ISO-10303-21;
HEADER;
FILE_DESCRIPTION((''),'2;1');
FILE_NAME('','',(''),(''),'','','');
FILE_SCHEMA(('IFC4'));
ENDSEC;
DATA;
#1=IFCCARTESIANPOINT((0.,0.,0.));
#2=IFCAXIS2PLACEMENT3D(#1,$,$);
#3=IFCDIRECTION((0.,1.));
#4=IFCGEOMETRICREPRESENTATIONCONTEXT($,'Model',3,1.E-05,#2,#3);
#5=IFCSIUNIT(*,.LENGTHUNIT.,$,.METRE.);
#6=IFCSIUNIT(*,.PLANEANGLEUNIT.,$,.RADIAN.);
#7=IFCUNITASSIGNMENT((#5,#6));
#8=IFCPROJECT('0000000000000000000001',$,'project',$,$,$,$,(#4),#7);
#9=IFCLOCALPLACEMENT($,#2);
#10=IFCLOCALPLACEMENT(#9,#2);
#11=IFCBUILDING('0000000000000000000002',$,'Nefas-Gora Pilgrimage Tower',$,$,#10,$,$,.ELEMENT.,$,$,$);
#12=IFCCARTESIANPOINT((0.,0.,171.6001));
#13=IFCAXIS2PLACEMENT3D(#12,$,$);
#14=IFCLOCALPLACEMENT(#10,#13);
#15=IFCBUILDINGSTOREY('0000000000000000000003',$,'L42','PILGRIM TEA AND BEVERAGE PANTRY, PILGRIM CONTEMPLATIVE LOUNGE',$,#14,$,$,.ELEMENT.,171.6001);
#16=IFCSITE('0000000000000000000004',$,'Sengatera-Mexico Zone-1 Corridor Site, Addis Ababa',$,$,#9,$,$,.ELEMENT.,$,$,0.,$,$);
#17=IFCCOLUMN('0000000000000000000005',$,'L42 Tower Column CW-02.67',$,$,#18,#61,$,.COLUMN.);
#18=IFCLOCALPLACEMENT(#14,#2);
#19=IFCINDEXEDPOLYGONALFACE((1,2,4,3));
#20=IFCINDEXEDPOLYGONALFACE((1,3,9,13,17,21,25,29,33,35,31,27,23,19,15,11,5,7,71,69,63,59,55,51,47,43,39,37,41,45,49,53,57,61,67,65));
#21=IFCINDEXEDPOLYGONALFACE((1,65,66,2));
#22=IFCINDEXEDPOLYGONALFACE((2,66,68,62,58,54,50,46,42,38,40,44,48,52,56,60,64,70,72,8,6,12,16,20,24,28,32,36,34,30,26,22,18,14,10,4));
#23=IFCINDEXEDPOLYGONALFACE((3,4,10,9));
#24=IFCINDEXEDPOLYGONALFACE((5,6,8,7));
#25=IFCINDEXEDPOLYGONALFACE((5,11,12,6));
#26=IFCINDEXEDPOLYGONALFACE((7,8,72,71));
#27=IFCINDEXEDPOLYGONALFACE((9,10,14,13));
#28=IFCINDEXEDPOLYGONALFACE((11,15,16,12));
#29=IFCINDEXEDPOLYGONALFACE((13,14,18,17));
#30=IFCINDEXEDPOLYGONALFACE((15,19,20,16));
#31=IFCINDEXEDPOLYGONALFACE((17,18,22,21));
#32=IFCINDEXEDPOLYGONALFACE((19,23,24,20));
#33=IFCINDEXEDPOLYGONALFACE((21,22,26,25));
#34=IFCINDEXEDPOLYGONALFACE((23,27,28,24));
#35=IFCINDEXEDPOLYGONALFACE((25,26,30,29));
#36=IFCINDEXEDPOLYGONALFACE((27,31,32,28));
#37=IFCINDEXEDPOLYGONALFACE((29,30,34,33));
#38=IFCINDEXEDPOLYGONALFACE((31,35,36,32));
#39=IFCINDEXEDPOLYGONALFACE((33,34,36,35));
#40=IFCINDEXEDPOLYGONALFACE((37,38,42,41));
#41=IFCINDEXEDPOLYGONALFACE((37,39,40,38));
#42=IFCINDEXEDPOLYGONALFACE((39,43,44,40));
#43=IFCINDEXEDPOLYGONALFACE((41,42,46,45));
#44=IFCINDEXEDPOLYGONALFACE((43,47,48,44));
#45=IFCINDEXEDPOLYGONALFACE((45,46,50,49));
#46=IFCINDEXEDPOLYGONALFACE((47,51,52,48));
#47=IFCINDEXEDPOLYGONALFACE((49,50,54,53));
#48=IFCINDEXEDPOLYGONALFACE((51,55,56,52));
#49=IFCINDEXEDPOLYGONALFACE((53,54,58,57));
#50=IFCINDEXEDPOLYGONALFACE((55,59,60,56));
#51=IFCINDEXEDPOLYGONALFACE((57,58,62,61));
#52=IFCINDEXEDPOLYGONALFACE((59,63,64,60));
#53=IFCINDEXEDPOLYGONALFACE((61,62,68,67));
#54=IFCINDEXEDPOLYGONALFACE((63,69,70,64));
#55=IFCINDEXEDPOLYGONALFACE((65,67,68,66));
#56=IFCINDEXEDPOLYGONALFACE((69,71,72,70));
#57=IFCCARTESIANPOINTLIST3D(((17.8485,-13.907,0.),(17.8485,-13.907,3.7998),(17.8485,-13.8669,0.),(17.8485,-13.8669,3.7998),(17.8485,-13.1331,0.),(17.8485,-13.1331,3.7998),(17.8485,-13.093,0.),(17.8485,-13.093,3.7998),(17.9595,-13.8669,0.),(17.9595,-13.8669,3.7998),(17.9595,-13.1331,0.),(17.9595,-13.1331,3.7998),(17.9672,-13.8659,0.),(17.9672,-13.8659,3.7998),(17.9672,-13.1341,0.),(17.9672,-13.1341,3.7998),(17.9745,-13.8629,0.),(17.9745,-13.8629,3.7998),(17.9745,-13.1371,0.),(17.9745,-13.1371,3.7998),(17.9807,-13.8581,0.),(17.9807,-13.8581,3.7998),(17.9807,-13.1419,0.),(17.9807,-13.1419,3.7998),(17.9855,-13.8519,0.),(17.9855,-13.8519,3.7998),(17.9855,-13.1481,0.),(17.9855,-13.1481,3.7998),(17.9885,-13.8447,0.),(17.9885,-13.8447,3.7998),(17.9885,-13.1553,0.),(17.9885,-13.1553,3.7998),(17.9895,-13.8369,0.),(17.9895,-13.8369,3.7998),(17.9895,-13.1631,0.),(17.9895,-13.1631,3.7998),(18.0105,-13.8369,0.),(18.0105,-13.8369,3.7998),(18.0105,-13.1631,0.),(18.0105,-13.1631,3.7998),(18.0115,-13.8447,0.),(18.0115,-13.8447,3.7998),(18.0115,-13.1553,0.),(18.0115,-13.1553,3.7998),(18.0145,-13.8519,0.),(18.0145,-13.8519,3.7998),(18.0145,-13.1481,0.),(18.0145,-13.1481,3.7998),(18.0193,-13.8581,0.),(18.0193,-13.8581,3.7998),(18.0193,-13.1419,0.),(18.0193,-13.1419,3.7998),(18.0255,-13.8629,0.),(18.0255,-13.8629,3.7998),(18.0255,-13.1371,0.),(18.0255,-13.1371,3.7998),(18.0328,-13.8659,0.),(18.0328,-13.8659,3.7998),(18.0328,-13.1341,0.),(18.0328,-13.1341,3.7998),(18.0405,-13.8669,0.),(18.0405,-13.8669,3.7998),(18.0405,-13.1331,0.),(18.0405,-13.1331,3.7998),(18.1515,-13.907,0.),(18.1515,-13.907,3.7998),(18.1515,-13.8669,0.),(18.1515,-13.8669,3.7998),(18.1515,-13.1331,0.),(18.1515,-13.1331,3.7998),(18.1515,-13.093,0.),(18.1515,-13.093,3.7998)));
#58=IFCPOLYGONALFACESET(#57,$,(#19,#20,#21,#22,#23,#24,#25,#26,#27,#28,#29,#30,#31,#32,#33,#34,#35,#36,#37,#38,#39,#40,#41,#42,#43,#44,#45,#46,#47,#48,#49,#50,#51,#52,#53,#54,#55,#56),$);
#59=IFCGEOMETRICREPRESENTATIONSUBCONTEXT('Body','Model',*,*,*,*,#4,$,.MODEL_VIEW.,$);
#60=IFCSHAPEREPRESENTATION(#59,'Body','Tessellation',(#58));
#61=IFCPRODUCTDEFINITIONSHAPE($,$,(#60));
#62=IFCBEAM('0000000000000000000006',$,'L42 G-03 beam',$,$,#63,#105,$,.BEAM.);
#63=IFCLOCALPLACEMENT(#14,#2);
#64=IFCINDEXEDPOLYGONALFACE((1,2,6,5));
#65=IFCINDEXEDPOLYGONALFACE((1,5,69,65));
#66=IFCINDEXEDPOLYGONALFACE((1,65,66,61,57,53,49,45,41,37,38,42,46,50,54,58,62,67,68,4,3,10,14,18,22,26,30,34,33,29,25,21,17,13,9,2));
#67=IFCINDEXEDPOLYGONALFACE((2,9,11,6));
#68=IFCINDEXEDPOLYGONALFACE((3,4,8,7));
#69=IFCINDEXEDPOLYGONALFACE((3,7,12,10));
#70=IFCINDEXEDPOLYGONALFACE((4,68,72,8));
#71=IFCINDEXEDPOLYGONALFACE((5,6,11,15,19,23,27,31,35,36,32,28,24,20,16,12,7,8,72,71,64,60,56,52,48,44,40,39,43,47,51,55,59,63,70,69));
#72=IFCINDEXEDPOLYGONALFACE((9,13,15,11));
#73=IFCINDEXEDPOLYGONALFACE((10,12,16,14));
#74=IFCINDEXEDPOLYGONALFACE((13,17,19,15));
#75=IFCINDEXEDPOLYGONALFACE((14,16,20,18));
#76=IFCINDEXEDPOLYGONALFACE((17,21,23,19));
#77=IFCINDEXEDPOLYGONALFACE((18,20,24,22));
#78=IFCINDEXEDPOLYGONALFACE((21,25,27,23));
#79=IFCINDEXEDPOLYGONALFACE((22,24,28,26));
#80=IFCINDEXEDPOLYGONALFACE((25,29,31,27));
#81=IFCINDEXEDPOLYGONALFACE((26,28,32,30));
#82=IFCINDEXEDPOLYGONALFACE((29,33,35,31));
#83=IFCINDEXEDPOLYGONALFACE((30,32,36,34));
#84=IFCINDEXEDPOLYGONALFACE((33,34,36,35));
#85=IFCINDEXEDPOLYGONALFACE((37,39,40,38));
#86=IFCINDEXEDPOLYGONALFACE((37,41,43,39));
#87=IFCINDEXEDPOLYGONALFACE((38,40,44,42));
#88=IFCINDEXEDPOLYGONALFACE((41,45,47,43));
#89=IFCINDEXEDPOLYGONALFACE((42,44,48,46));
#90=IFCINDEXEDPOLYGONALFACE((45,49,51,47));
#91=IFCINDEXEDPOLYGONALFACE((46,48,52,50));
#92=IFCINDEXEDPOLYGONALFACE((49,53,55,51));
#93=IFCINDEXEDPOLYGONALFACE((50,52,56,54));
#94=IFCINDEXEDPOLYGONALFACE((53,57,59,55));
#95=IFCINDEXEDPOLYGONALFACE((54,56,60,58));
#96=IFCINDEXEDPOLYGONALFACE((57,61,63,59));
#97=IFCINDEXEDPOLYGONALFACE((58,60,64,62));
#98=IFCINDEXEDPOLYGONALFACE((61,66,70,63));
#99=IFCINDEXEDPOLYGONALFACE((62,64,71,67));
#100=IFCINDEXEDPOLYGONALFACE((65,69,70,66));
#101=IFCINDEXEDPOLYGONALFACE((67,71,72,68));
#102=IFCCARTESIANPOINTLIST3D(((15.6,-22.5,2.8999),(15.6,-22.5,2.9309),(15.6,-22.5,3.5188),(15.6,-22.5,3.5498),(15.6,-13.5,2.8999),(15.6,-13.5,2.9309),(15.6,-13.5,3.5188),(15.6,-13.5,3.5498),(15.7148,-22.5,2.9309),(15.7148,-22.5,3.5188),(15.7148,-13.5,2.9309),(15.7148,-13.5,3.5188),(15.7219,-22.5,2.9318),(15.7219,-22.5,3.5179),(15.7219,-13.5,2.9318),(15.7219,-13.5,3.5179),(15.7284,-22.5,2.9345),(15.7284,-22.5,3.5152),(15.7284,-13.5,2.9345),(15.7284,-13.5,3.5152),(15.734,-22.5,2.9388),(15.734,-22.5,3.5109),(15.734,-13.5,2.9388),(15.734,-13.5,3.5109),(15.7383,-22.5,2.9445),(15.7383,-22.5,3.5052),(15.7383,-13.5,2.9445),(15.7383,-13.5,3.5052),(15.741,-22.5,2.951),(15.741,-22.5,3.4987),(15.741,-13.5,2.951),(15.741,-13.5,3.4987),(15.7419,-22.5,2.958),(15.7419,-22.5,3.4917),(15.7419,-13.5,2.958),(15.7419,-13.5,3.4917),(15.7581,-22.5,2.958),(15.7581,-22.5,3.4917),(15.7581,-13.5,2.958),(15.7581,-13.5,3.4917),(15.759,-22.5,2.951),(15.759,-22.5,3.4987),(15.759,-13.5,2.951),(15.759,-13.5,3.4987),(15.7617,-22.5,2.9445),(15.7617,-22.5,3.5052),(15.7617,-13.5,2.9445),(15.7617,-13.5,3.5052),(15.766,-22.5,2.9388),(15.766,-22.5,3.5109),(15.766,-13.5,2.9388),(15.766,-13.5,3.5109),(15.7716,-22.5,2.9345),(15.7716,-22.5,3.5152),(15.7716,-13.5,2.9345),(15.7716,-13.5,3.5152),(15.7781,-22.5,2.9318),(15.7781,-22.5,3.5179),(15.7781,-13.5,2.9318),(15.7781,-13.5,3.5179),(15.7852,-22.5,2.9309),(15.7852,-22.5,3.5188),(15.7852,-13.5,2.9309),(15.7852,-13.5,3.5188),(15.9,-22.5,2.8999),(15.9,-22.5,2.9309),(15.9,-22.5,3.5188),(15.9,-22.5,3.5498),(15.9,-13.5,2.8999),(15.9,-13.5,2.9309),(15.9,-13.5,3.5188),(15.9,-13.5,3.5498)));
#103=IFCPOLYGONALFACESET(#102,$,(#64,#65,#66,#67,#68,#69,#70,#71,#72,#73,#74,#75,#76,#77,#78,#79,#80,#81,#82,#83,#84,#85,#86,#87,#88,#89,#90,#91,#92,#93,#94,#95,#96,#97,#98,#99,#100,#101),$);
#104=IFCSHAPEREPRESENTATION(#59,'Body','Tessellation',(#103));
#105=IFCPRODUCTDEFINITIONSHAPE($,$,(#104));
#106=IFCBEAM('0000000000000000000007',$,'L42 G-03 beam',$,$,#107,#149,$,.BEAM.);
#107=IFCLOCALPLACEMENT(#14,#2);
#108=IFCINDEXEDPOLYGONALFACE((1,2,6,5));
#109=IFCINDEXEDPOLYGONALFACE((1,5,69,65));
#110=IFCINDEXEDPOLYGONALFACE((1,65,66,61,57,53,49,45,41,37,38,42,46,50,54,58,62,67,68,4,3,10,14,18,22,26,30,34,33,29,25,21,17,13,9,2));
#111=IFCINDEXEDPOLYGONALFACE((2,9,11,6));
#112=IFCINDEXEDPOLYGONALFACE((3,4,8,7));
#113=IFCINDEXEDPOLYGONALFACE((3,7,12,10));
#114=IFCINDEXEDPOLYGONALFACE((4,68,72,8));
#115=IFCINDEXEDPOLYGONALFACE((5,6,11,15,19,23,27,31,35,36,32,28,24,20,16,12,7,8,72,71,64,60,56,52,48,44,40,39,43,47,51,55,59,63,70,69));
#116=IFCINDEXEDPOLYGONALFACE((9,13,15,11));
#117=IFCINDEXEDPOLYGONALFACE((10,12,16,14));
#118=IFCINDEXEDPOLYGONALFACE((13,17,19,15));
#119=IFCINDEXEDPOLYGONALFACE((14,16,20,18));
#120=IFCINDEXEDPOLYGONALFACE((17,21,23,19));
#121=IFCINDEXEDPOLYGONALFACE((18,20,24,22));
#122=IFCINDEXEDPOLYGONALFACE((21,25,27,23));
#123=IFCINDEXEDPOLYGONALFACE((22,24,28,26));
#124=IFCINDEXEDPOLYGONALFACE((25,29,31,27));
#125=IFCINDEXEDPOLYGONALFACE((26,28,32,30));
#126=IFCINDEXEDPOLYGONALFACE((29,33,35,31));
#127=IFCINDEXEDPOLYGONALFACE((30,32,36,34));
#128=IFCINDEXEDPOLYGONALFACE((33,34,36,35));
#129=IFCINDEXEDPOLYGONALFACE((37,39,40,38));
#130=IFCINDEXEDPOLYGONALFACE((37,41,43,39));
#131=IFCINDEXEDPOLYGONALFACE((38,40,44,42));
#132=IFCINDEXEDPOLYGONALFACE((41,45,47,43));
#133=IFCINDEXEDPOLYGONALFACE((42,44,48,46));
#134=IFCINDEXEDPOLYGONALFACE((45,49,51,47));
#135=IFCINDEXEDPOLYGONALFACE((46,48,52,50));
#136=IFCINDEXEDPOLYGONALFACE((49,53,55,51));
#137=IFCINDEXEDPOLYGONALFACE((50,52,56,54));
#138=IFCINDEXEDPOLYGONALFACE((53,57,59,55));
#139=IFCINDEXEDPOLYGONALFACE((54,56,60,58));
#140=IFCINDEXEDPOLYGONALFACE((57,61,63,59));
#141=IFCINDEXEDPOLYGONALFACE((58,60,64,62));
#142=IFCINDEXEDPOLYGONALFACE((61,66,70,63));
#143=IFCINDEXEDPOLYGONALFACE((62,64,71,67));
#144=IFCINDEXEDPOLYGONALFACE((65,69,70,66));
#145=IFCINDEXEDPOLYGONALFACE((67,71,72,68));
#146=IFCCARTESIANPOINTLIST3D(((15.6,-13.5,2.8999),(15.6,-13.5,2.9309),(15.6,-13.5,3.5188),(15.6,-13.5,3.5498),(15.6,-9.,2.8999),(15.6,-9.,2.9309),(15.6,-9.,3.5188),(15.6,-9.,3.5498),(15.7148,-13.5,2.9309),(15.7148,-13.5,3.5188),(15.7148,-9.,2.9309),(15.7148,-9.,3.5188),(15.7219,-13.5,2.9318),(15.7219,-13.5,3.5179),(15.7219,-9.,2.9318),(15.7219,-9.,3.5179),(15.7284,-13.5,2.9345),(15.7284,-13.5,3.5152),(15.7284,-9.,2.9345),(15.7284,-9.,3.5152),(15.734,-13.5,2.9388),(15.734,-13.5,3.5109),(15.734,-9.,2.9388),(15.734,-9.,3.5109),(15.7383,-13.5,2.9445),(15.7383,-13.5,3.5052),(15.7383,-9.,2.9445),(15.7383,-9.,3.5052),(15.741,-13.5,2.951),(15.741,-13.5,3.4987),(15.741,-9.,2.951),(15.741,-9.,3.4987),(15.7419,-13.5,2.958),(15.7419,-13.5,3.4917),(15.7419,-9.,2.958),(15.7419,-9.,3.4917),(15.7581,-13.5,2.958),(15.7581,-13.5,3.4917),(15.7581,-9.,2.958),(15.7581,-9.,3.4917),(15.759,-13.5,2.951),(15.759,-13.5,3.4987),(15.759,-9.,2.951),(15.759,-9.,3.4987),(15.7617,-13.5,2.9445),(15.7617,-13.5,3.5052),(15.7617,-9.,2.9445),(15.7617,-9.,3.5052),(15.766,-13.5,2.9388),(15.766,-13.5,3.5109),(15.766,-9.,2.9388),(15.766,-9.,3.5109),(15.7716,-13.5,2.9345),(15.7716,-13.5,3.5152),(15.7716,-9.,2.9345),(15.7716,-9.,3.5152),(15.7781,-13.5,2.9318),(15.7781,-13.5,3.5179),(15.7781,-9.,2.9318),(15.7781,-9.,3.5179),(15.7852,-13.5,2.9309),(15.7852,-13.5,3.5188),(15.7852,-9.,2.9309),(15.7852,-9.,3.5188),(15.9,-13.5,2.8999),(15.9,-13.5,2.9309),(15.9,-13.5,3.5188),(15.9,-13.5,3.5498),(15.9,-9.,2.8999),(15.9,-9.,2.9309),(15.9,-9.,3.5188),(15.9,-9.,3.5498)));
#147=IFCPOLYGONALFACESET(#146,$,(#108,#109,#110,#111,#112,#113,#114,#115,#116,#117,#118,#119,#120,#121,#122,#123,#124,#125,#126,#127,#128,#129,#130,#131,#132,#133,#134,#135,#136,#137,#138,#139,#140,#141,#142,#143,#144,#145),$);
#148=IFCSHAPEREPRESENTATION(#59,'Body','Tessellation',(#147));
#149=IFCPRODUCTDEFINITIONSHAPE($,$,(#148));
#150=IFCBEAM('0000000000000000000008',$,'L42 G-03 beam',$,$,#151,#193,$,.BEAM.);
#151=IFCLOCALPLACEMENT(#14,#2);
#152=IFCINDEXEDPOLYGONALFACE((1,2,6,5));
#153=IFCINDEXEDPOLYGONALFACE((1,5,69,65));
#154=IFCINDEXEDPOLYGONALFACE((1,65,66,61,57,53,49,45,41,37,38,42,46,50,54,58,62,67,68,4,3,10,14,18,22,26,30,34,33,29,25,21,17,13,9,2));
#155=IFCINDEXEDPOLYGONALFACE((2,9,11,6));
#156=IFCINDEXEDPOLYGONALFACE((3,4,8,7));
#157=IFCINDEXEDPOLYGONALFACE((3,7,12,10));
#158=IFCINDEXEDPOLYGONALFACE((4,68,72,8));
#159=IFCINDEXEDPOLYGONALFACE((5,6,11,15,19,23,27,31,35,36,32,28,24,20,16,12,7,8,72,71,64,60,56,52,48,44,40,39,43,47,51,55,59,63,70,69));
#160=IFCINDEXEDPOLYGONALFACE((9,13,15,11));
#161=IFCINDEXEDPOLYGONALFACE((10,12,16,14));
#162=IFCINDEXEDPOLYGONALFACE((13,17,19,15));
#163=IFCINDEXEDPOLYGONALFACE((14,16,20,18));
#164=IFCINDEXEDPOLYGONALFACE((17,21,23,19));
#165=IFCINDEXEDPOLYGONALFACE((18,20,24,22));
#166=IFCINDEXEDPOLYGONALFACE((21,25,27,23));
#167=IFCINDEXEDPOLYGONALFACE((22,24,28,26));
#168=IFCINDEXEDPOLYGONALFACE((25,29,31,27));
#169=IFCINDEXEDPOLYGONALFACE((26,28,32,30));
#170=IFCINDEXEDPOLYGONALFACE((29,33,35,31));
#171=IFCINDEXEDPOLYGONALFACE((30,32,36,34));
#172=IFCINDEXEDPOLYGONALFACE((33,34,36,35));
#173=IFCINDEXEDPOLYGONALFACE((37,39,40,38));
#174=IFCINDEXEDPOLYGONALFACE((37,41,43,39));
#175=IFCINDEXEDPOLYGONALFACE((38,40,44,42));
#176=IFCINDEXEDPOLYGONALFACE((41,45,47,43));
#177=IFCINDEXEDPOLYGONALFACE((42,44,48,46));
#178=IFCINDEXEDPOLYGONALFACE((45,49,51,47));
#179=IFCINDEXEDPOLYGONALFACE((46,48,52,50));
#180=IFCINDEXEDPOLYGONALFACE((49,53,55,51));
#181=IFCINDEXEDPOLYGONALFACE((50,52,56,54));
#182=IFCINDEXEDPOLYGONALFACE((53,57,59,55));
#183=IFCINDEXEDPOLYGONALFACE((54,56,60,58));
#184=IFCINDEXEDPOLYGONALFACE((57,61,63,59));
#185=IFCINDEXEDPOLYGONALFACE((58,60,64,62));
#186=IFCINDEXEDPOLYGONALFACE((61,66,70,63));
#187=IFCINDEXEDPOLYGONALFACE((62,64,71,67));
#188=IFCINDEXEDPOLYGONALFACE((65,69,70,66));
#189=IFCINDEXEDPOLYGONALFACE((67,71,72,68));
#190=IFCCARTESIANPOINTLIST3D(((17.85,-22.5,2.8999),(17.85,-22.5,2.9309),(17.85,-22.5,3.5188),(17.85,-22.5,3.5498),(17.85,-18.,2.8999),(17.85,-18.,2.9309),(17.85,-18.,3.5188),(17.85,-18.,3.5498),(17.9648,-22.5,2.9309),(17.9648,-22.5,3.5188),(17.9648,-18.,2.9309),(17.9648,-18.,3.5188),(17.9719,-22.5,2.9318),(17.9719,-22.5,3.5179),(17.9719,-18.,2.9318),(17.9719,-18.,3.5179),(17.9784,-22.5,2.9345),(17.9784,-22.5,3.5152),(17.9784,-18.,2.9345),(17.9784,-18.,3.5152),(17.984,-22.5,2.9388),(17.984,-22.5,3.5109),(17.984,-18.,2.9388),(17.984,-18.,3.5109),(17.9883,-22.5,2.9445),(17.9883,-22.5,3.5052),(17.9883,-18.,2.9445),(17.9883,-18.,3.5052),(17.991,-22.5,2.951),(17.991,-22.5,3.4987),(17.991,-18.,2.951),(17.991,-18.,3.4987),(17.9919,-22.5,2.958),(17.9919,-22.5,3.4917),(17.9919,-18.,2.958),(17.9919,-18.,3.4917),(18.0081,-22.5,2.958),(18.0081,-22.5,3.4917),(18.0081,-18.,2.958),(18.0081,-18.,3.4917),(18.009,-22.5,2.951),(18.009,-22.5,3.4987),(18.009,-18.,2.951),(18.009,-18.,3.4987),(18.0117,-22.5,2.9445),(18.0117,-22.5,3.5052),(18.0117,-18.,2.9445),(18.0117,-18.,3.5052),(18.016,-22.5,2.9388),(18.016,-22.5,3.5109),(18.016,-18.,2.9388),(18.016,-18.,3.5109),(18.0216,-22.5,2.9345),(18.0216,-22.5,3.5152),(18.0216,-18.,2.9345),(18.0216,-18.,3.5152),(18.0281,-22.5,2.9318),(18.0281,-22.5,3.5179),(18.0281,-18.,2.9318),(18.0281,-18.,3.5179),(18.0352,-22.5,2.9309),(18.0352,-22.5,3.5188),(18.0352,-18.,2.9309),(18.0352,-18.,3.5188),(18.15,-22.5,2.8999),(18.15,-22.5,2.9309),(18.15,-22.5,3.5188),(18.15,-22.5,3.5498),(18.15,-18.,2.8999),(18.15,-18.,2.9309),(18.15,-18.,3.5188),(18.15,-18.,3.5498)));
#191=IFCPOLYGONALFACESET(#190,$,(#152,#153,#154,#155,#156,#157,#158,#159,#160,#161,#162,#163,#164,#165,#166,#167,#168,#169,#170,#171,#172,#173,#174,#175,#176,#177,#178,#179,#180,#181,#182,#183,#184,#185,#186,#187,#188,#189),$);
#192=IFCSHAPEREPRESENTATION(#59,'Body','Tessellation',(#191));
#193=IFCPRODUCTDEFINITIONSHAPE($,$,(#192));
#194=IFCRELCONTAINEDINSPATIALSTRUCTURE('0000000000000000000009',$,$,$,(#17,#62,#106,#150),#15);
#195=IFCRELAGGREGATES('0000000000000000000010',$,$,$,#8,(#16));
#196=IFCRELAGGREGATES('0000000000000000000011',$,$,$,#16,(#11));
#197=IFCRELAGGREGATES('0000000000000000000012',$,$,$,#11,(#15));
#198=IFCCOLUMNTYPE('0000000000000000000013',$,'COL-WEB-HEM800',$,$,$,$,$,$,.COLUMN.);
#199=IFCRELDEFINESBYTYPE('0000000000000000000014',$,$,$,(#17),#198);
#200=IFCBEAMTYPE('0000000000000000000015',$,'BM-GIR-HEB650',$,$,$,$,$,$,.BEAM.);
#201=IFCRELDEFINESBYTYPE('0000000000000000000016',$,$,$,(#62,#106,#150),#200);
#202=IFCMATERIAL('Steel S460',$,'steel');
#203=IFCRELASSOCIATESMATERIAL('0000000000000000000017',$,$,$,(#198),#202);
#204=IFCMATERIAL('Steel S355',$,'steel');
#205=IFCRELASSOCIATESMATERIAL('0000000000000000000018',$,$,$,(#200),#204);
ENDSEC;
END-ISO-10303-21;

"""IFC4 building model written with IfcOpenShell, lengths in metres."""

from ifc_helpers import new_model, si_unit, direction, frame, origin, origin_2d, place, context, subcontext, project, spatial, i_section, extrude, source, transform, mapped, material, material_profile, profile_set, type_object, element, save


model = new_model("IFC4")

# Units and contexts
model_context = context("Model", 3, precision=1e-05, world=origin(), true_north=direction((0.0, 1.0)))
body_context = subcontext(model_context, "Body", "Model", "MODEL_VIEW")
ifc_project = project(units=[si_unit("LENGTHUNIT", "METRE"), si_unit("PLANEANGLEUNIT", "RADIAN")], contexts=[model_context])

# Site, building, storey
site_placement = place(None, origin())
site = spatial("IfcSite", under=ifc_project, at=site_placement, Name="Sengatera-Mexico Zone-1 Corridor Site, Addis Ababa", CompositionType="ELEMENT", RefElevation=0.0)
building_placement = place(site_placement, origin())
building = spatial("IfcBuilding", under=site, at=building_placement, Name="Nefas-Gora Pilgrimage Tower", CompositionType="ELEMENT")
storey_placement = place(building_placement, frame((0.0, 0.0, 171.6001)))
storey = spatial("IfcBuildingStorey", under=building, at=storey_placement, Name="L42", Description="PILGRIM TEA AND BEVERAGE PANTRY, PILGRIM CONTEMPLATIVE LOUNGE", CompositionType="ELEMENT", Elevation=171.6001)

# Column
ifc_material_1 = material(Name="Steel S460", Category="steel")
ifc_material_profile_1 = material_profile(ifc_material_1, i_section(OverallWidth=0.303, OverallDepth=0.814, WebThickness=0.021, FlangeThickness=0.04, FilletRadius=0.03, at=origin_2d()), Name="HEM 800")
ifc_profile_set_1 = profile_set([ifc_material_profile_1], Name="Steel S460")
column_type_1 = type_object("IfcColumnType", Name="COL-WEB-HEM800", PredefinedType="COLUMN", material=ifc_profile_set_1)
shared_shape_1 = source(origin(), body_context, "Body", "SweptSolid", [
    extrude(i_section(OverallWidth=0.303, OverallDepth=0.814, WebThickness=0.021, FlangeThickness=0.04, FilletRadius=0.03, at=origin_2d()), origin(), (0.0, 0.0, 1.0), 3.7998),
])
for number, where, z_axis, x_axis, name in (
    (1, (18.0, -13.5, 0.0), (0.0, 0.0, 1.0), (1.0, 0.0, 0.0), "L42 Tower Column CW-02.67"),
):
    element("IfcColumn", number, at=place(storey_placement, frame(where, z_axis=z_axis, x_axis=x_axis)), inside=storey, type_object=column_type_1, Name=name, PredefinedType="COLUMN", context=body_context, shape_type="MappedRepresentation", body=[
        mapped(shared_shape_1, transform((0.0, 0.0, 0.0), x_axis=(1.0, 0.0, 0.0), y_axis=(0.0, 1.0, 0.0), z_axis=(0.0, 0.0, 1.0), scale=1.0)),
    ])

# Beams
ifc_material_2 = material(Name="Steel S355", Category="steel")
ifc_material_profile_2 = material_profile(ifc_material_2, i_section(OverallWidth=0.3, OverallDepth=0.6499, WebThickness=0.0161, FlangeThickness=0.031, FilletRadius=0.0271, at=origin_2d()), Name="HEB 650")
ifc_profile_set_2 = profile_set([ifc_material_profile_2], Name="Steel S355")
beam_type_1 = type_object("IfcBeamType", Name="BM-GIR-HEB650", PredefinedType="BEAM", material=ifc_profile_set_2)
shared_shape_2 = source(origin(), body_context, "Body", "SweptSolid", [
    extrude(i_section(OverallWidth=0.3, OverallDepth=0.6499, WebThickness=0.0161, FlangeThickness=0.031, FilletRadius=0.0271, at=origin_2d()), origin(), (0.0, 0.0, 1.0), 9.0),
])
beam_1_placement = place(storey_placement, frame((15.75, -22.5, 3.2249), z_axis=(0.0, 1.0, 0.0), x_axis=(-1.0, 0.0, 0.0)))
element("IfcBeam", 2, at=beam_1_placement, inside=storey, type_object=beam_type_1, Name="L42 G-03 beam", PredefinedType="BEAM", context=body_context, shape_type="MappedRepresentation", body=[
    mapped(shared_shape_2, transform((0.0, 0.0, 0.0), x_axis=(1.0, 0.0, 0.0), y_axis=(0.0, 1.0, 0.0), z_axis=(0.0, 0.0, 1.0), scale=1.0)),
])
shared_shape_3 = source(origin(), body_context, "Body", "SweptSolid", [
    extrude(i_section(OverallWidth=0.3, OverallDepth=0.6499, WebThickness=0.0161, FlangeThickness=0.031, FilletRadius=0.0271, at=origin_2d()), origin(), (0.0, 0.0, 1.0), 4.5),
])
for number, where, z_axis, x_axis, name in (
    (3, (15.75, -13.5, 3.2249), (0.0, 1.0, 0.0), (-1.0, 0.0, 0.0), "L42 G-03 beam"),
    (4, (18.0, -22.5, 3.2249), (0.0, 1.0, 0.0), (-1.0, 0.0, 0.0), "L42 G-03 beam"),
):
    element("IfcBeam", number, at=place(storey_placement, frame(where, z_axis=z_axis, x_axis=x_axis)), inside=storey, type_object=beam_type_1, Name=name, PredefinedType="BEAM", context=body_context, shape_type="MappedRepresentation", body=[
        mapped(shared_shape_3, transform((0.0, 0.0, 0.0), x_axis=(1.0, 0.0, 0.0), y_axis=(0.0, 1.0, 0.0), z_axis=(0.0, 0.0, 1.0), scale=1.0)),
    ])

save(model, "model.ifc")
